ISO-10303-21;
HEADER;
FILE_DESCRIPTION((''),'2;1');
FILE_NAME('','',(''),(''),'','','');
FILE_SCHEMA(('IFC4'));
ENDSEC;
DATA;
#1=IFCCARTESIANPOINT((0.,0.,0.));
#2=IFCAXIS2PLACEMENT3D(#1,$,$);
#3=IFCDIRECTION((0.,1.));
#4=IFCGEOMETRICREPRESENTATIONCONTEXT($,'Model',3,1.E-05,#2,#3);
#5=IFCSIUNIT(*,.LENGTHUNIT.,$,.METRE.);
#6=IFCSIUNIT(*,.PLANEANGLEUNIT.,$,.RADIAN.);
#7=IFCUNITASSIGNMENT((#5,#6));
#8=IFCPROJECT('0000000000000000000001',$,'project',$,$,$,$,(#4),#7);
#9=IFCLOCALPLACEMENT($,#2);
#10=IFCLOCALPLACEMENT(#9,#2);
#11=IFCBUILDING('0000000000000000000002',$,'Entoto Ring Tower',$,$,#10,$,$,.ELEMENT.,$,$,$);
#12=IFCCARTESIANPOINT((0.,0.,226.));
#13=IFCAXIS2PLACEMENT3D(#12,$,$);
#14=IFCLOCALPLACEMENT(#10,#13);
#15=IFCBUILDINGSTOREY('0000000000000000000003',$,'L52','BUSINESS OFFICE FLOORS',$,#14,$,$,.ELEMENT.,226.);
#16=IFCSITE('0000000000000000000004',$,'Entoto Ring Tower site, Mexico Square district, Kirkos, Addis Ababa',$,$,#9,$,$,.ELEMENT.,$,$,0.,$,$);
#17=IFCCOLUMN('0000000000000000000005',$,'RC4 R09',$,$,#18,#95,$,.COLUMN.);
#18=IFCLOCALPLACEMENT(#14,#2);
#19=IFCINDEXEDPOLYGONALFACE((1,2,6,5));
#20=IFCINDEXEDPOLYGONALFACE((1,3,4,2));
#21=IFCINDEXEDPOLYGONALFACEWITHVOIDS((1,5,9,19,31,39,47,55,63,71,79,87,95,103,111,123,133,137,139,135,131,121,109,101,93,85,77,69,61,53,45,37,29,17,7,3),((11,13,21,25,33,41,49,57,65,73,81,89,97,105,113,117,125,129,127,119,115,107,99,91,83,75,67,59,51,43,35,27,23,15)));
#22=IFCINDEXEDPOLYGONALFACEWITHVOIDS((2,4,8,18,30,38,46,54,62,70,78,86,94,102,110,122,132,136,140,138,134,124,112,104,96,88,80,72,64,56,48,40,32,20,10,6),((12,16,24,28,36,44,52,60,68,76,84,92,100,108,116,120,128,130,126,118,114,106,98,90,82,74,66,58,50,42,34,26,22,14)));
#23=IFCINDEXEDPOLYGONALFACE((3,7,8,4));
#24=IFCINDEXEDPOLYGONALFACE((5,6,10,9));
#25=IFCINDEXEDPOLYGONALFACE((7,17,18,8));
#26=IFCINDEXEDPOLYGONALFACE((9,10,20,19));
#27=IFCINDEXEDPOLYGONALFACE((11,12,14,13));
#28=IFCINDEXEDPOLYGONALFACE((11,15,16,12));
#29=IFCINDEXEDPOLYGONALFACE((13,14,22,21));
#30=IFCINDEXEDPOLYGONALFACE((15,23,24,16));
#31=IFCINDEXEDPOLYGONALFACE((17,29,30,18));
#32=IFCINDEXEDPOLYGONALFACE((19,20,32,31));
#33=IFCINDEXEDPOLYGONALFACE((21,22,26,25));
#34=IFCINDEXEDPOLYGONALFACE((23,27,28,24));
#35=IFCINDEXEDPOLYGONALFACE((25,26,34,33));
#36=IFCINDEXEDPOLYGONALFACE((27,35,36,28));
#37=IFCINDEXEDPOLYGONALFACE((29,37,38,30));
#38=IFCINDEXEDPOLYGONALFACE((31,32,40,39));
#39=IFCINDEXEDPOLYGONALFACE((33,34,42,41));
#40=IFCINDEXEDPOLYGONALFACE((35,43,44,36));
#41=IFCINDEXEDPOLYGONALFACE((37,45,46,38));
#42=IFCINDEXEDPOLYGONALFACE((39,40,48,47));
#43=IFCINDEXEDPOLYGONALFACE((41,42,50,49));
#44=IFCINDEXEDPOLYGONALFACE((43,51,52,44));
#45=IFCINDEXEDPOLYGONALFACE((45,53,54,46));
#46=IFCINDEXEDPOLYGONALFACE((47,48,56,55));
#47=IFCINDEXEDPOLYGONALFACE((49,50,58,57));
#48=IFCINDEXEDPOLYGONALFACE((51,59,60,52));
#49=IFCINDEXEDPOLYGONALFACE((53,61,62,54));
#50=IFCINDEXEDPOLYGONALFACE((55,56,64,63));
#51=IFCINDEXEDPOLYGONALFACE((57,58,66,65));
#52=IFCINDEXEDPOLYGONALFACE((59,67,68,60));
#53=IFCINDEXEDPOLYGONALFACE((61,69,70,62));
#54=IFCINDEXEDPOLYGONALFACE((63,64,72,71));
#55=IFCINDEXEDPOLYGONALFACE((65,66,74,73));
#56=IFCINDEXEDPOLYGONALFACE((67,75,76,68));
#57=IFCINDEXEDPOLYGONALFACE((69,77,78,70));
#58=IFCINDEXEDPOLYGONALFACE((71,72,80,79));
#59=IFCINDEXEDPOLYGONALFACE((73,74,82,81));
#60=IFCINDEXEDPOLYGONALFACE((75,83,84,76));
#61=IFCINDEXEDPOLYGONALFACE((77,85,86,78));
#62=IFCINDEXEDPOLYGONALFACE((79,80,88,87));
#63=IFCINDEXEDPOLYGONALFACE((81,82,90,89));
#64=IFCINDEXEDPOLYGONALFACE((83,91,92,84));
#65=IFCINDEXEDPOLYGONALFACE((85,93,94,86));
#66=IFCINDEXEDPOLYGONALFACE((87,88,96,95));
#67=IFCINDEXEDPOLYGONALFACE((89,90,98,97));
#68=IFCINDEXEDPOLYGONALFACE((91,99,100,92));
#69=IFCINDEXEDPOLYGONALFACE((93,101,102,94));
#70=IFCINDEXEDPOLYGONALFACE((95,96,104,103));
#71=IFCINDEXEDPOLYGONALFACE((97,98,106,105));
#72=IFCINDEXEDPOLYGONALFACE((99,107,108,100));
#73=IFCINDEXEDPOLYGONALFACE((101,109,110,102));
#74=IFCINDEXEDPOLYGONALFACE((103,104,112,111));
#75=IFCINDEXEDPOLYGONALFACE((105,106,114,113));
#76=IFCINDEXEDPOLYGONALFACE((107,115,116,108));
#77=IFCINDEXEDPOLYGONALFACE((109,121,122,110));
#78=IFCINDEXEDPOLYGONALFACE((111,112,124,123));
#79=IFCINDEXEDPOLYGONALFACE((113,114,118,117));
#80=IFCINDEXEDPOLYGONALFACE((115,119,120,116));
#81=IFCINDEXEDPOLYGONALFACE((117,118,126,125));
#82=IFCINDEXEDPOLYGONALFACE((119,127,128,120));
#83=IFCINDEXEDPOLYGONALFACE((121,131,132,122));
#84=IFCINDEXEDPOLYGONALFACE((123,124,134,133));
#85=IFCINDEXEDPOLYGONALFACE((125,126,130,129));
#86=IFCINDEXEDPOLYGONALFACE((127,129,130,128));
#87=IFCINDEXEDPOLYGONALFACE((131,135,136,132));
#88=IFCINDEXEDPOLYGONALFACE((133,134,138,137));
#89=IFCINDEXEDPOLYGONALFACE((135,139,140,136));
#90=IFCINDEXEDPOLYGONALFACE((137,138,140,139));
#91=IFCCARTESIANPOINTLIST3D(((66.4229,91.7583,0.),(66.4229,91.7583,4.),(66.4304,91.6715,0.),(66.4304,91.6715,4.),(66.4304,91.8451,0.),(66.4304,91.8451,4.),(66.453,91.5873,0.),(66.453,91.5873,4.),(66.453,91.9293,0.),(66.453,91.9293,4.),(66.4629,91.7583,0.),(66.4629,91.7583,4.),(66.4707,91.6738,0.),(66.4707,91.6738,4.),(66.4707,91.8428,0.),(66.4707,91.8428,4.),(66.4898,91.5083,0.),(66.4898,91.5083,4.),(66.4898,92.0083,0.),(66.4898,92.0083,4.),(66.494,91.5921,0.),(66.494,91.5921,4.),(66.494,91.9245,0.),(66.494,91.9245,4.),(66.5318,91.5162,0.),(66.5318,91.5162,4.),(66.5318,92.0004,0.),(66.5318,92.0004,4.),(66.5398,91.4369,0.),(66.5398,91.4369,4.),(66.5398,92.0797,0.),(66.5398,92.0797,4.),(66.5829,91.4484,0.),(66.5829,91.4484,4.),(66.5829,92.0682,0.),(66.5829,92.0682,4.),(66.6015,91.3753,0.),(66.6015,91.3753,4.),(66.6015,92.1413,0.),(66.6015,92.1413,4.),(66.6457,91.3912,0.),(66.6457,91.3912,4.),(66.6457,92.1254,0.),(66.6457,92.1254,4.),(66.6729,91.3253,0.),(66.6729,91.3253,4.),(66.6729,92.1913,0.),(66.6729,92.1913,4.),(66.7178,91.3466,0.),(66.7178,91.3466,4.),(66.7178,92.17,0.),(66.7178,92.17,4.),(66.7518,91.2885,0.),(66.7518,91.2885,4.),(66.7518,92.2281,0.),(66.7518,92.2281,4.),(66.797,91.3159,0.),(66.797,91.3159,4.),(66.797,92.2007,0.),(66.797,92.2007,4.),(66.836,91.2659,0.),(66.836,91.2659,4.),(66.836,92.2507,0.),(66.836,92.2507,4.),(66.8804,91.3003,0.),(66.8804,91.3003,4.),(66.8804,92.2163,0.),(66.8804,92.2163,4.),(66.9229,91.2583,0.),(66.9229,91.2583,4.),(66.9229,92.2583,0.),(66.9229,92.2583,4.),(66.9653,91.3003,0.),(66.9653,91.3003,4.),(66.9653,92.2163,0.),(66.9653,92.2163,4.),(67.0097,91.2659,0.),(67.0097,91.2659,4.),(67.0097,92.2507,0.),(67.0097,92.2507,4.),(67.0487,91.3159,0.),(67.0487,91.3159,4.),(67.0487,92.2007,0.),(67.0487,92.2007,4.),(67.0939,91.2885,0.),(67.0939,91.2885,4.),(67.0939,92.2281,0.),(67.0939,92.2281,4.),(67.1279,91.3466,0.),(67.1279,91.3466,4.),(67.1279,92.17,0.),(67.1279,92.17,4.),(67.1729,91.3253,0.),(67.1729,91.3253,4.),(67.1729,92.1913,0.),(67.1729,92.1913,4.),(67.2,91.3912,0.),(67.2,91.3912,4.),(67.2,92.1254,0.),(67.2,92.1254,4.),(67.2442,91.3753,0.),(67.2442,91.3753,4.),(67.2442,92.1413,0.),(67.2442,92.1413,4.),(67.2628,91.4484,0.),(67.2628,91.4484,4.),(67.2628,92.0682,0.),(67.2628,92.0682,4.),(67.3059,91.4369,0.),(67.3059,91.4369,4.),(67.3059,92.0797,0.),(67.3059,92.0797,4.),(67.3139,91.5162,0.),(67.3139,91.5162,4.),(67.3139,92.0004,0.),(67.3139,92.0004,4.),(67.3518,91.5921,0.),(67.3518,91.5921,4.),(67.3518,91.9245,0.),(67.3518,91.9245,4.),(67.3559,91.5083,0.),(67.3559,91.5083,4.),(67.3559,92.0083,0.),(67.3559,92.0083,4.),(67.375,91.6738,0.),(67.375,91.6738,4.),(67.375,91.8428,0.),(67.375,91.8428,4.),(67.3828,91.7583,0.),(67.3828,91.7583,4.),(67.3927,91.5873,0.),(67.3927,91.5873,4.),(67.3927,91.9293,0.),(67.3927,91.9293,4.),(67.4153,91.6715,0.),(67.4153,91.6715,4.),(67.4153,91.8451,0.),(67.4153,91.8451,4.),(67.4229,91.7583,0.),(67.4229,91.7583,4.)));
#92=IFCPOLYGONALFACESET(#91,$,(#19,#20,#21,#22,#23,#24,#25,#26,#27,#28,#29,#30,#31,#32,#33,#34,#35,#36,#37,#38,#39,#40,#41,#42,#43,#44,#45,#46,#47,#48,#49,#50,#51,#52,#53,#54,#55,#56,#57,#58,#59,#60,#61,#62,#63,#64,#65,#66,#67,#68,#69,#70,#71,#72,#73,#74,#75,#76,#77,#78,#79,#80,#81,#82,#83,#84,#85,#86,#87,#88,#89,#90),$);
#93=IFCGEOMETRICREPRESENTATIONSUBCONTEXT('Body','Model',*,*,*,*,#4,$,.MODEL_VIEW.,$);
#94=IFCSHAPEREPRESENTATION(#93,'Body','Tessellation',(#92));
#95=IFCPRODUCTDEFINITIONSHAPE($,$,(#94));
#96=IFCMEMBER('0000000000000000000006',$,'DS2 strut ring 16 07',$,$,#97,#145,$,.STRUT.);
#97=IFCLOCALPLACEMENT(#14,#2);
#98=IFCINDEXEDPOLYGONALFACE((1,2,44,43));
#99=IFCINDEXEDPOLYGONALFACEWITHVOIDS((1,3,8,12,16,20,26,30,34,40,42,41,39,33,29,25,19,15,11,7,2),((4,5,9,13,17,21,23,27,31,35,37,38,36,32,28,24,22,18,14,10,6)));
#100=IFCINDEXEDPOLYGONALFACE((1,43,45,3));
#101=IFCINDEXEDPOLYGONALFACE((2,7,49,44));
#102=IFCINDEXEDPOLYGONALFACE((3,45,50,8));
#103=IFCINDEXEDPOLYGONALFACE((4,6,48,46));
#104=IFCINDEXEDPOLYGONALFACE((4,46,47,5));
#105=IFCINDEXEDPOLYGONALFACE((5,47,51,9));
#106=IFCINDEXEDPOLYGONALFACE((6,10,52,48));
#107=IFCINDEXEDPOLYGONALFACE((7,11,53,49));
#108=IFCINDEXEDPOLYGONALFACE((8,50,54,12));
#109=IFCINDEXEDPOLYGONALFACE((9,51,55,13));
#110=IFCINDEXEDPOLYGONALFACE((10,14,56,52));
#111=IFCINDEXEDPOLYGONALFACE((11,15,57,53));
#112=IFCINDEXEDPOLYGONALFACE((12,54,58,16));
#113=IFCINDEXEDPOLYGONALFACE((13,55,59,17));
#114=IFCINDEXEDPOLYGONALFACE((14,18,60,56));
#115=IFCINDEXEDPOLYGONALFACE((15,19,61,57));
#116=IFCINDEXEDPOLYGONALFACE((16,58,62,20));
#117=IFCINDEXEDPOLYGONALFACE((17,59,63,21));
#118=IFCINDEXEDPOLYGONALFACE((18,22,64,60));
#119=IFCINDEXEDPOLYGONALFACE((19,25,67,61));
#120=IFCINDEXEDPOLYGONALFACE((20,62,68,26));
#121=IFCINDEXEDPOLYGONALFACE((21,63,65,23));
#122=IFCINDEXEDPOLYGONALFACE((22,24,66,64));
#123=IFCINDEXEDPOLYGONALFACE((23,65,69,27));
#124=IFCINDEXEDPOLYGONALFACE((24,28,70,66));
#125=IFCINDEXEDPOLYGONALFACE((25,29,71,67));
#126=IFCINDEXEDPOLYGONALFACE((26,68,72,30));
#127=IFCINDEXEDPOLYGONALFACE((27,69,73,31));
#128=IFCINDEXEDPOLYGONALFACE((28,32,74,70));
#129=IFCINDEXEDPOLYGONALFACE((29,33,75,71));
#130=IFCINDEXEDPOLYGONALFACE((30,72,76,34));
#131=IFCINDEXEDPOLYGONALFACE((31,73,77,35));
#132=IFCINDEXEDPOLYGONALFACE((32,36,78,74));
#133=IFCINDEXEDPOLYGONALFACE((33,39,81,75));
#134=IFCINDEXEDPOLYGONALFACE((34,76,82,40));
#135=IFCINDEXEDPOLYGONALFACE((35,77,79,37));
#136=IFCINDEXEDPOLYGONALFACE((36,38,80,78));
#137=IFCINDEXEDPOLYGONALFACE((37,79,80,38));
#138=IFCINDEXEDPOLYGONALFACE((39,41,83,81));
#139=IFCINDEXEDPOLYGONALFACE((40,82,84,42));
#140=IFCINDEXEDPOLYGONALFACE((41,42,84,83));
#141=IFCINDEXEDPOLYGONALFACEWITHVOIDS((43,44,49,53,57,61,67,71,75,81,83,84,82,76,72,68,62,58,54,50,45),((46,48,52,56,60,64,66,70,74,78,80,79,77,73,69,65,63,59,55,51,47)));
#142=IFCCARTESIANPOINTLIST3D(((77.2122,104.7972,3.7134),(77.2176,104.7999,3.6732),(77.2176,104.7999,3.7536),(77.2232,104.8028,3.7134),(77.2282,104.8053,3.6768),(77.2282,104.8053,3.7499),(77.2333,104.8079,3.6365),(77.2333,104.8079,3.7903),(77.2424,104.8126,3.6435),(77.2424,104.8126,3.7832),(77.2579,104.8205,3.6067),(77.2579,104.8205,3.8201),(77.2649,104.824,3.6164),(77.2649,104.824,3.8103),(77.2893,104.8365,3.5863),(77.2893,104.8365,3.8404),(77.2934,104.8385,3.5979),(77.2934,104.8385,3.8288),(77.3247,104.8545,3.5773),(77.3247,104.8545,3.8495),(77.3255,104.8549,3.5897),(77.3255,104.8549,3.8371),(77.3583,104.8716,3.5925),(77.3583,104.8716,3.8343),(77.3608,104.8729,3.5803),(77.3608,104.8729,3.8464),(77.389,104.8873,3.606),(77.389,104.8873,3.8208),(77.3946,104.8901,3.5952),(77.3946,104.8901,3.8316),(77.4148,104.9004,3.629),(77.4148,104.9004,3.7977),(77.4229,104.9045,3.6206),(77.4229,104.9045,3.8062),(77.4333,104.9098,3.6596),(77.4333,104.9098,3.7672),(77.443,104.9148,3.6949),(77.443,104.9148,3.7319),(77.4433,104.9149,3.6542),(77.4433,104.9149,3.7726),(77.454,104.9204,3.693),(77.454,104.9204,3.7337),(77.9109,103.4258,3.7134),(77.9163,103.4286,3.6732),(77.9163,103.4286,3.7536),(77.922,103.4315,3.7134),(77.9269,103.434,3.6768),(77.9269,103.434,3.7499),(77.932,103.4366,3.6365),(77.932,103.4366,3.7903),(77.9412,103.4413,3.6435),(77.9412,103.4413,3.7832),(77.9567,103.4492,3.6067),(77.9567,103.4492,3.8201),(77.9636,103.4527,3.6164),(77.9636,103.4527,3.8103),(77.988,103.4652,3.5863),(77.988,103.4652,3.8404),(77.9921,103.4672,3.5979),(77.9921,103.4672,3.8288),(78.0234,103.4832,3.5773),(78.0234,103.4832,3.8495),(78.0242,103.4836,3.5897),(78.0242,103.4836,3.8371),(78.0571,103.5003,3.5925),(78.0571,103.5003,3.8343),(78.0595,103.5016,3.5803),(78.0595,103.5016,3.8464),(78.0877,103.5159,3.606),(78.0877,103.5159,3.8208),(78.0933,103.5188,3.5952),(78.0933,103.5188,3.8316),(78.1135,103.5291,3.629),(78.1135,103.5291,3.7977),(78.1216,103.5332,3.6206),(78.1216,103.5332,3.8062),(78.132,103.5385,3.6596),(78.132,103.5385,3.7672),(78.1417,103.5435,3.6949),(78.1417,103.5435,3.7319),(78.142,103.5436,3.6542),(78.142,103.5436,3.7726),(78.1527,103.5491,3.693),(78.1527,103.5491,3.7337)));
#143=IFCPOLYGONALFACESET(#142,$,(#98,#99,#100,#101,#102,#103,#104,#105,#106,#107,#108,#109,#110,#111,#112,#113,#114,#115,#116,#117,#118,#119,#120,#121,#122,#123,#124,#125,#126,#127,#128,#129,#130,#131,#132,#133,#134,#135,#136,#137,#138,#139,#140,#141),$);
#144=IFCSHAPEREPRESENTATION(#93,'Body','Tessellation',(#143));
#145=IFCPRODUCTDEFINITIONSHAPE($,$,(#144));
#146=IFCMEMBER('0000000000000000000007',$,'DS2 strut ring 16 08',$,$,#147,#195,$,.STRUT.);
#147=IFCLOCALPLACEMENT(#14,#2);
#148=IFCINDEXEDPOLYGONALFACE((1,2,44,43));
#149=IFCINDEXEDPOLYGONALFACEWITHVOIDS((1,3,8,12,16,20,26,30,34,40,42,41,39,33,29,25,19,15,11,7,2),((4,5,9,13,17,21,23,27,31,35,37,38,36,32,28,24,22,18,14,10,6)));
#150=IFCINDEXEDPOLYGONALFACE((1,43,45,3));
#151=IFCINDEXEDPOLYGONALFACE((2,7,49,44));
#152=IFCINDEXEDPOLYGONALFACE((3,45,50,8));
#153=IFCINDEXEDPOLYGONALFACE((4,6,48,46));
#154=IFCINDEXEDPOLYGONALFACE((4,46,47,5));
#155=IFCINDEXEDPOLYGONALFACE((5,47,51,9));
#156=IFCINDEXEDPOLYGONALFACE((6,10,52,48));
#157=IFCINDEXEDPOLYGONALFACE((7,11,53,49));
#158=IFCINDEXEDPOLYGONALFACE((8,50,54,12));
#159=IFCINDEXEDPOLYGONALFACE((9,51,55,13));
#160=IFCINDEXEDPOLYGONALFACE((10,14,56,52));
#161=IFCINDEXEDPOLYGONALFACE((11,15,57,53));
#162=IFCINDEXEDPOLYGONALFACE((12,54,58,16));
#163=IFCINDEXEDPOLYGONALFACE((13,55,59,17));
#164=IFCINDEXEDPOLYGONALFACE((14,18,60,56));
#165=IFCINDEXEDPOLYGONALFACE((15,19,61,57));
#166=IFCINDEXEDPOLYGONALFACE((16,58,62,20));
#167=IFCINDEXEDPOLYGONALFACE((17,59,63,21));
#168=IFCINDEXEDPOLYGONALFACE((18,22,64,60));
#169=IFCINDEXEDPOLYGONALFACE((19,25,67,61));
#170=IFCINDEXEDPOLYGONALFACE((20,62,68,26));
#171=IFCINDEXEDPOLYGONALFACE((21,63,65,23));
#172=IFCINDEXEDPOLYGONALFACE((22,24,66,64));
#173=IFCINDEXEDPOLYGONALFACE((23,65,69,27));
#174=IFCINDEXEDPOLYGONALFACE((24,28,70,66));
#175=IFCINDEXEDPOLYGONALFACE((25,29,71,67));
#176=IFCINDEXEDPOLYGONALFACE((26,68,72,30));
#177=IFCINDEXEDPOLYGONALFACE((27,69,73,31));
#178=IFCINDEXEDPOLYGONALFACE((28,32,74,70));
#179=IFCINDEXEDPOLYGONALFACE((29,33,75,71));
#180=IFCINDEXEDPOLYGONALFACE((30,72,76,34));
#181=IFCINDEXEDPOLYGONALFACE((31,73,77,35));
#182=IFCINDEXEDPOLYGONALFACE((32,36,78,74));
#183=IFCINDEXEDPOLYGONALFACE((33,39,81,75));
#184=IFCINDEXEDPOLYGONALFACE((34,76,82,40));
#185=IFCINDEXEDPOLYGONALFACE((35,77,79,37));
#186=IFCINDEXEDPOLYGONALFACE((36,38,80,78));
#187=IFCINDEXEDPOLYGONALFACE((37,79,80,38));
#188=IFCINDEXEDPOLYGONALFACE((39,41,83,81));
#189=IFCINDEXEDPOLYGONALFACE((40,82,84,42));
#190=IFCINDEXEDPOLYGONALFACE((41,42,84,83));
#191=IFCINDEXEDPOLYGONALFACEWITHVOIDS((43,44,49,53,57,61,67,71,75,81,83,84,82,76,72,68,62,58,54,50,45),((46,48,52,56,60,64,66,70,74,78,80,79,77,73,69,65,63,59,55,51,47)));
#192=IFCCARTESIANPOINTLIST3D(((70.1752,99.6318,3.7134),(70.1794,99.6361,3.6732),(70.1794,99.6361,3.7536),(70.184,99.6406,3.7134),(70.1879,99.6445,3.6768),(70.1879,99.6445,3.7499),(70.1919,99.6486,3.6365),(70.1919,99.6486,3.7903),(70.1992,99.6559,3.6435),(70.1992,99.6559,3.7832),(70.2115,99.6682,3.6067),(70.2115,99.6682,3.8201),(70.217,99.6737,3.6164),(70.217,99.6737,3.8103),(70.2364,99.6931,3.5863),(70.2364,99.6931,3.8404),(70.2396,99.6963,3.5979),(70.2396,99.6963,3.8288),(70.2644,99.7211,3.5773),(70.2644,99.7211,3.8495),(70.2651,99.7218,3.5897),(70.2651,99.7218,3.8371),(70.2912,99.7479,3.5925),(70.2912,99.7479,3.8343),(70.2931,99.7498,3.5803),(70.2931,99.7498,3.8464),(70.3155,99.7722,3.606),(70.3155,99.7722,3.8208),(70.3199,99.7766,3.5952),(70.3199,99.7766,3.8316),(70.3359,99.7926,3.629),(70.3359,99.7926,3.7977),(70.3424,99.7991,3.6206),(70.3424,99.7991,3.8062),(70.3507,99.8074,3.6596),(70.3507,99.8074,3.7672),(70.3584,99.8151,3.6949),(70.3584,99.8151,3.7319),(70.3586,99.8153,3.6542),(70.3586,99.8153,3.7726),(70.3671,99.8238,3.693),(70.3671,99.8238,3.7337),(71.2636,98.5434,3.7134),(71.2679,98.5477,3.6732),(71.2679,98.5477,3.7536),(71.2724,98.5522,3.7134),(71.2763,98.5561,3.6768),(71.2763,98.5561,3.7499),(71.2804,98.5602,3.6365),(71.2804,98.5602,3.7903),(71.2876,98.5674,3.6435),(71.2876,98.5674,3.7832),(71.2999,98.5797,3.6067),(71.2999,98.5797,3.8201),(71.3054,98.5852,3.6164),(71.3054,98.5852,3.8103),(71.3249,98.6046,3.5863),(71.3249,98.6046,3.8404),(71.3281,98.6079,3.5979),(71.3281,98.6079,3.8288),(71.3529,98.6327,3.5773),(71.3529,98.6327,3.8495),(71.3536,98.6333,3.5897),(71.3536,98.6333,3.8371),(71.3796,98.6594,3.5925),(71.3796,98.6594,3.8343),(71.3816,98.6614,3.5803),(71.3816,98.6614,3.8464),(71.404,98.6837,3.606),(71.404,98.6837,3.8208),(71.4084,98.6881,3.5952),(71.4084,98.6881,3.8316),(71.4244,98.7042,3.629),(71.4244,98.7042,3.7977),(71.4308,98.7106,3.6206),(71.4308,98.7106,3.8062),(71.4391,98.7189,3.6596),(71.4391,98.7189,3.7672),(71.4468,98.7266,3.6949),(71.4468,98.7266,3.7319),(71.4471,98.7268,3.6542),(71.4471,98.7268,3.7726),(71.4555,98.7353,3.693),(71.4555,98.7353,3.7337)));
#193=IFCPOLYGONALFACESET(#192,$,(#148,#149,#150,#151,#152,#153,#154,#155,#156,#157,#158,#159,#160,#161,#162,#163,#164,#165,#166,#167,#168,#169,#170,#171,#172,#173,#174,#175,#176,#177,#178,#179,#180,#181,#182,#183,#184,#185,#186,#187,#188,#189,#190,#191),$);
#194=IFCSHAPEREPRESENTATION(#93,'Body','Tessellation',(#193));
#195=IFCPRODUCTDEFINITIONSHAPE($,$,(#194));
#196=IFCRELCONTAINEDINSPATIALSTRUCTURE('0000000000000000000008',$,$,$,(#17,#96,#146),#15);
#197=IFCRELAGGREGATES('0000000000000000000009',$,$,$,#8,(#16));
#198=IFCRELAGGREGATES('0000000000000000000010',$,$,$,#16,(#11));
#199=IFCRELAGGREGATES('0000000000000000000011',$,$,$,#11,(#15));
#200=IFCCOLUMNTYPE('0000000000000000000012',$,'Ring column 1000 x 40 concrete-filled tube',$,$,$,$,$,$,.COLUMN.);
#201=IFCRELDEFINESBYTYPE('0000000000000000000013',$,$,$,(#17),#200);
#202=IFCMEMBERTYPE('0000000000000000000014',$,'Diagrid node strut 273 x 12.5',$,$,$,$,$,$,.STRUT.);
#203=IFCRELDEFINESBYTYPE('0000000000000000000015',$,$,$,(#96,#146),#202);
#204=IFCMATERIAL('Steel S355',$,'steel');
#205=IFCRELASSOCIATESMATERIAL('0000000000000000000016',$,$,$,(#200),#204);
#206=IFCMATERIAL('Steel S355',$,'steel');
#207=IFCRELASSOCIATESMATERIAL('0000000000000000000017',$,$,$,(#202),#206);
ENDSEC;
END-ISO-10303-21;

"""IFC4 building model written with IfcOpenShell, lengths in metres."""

from ifc_helpers import new_model, si_unit, direction, frame, origin, origin_2d, place, context, subcontext, project, spatial, circle, hollow_circle, extrude, material, material_profile, profile_set, type_object, element, save


model = new_model("IFC4")

# Units and contexts
model_context = context("Model", 3, precision=1e-05, world=origin(), true_north=direction((0.0, 1.0)))
body_context = subcontext(model_context, "Body", "Model", "MODEL_VIEW")
ifc_project = project(units=[si_unit("LENGTHUNIT", "METRE"), si_unit("PLANEANGLEUNIT", "RADIAN")], contexts=[model_context])

# Site, building, storey
site_placement = place(None, origin())
site = spatial("IfcSite", under=ifc_project, at=site_placement, Name="Entoto Ring Tower site, Mexico Square district, Kirkos, Addis Ababa", CompositionType="ELEMENT", RefElevation=0.0)
building_placement = place(site_placement, origin())
building = spatial("IfcBuilding", under=site, at=building_placement, Name="Entoto Ring Tower", CompositionType="ELEMENT")
storey_placement = place(building_placement, frame((0.0, 0.0, 226.0)))
storey = spatial("IfcBuildingStorey", under=building, at=storey_placement, Name="L52", Description="BUSINESS OFFICE FLOORS", CompositionType="ELEMENT", Elevation=226.0)

# Column
ifc_material_1 = material(Name="Steel S355", Category="steel")
ifc_material_profile_1 = material_profile(ifc_material_1, hollow_circle(Radius=0.5, WallThickness=0.04, at=origin_2d()), Name="CHS 1000 x 40")
ifc_material_2 = material(Name="Concrete C60/75", Category="concrete")
ifc_material_profile_2 = material_profile(ifc_material_2, circle(Radius=0.46, at=origin_2d()), Name="Concrete C60/75 infill")
ifc_profile_set_1 = profile_set([ifc_material_profile_1, ifc_material_profile_2], Name="Steel S355")
column_type = type_object("IfcColumnType", Name="Ring column 1000 x 40 concrete-filled tube", PredefinedType="COLUMN", material=ifc_profile_set_1)
for number, where, z_axis, x_axis, name in (
    (1, (66.9229, 91.7583, 0.0), (0.0, 0.0, 1.0), (1.0, 0.0, 0.0), "RC4 R09"),
):
    element("IfcColumn", number, at=place(storey_placement, frame(where, z_axis=z_axis, x_axis=x_axis)), inside=storey, type_object=column_type, Name=name, PredefinedType="COLUMN", context=body_context, shape_type="SweptSolid", body=[
        extrude(hollow_circle(Radius=0.5, WallThickness=0.04, at=origin_2d()), origin(), (0.0, 0.0, 1.0), 4.0),
    ])

# Members
ifc_material_3 = material(Name="Steel S355", Category="steel")
ifc_material_profile_3 = material_profile(ifc_material_3, hollow_circle(Radius=0.1365, WallThickness=0.0125, at=origin_2d()), Name="CHS 273 x 12.5")
ifc_material_4 = material(Name="Concrete C60/75", Category="concrete")
ifc_material_profile_4 = material_profile(ifc_material_4, circle(Radius=0.124, at=origin_2d()), Name="Concrete C60/75 infill")
ifc_profile_set_2 = profile_set([ifc_material_profile_3, ifc_material_profile_4], Name="Steel S355")
member_type = type_object("IfcMemberType", Name="Diagrid node strut 273 x 12.5", PredefinedType="STRUT", material=ifc_profile_set_2)
member_1_placement = place(storey_placement, frame((78.0325, 103.4878, 3.7134), z_axis=(-0.45399, 0.891007, 0.0), x_axis=(-0.891007, -0.45399, 0.0)))
element("IfcMember", 2, at=member_1_placement, inside=storey, type_object=member_type, Name="DS2 strut ring 16 07", PredefinedType="STRUT", context=body_context, shape_type="SweptSolid", body=[
    extrude(hollow_circle(Radius=0.1365, WallThickness=0.0125, at=origin_2d()), origin(), (0.0, 0.0, 1.0), 1.5391),
])
member_2_placement = place(storey_placement, frame((71.3601, 98.6399, 3.7134), z_axis=(-0.707107, 0.707107, 0.0), x_axis=(-0.707107, -0.707107, 0.0)))
element("IfcMember", 3, at=member_2_placement, inside=storey, type_object=member_type, Name="DS2 strut ring 16 08", PredefinedType="STRUT", context=body_context, shape_type="SweptSolid", body=[
    extrude(hollow_circle(Radius=0.1365, WallThickness=0.0125, at=origin_2d()), origin(), (0.0, 0.0, 1.0), 1.5393),
])

save(model, "model.ifc")
